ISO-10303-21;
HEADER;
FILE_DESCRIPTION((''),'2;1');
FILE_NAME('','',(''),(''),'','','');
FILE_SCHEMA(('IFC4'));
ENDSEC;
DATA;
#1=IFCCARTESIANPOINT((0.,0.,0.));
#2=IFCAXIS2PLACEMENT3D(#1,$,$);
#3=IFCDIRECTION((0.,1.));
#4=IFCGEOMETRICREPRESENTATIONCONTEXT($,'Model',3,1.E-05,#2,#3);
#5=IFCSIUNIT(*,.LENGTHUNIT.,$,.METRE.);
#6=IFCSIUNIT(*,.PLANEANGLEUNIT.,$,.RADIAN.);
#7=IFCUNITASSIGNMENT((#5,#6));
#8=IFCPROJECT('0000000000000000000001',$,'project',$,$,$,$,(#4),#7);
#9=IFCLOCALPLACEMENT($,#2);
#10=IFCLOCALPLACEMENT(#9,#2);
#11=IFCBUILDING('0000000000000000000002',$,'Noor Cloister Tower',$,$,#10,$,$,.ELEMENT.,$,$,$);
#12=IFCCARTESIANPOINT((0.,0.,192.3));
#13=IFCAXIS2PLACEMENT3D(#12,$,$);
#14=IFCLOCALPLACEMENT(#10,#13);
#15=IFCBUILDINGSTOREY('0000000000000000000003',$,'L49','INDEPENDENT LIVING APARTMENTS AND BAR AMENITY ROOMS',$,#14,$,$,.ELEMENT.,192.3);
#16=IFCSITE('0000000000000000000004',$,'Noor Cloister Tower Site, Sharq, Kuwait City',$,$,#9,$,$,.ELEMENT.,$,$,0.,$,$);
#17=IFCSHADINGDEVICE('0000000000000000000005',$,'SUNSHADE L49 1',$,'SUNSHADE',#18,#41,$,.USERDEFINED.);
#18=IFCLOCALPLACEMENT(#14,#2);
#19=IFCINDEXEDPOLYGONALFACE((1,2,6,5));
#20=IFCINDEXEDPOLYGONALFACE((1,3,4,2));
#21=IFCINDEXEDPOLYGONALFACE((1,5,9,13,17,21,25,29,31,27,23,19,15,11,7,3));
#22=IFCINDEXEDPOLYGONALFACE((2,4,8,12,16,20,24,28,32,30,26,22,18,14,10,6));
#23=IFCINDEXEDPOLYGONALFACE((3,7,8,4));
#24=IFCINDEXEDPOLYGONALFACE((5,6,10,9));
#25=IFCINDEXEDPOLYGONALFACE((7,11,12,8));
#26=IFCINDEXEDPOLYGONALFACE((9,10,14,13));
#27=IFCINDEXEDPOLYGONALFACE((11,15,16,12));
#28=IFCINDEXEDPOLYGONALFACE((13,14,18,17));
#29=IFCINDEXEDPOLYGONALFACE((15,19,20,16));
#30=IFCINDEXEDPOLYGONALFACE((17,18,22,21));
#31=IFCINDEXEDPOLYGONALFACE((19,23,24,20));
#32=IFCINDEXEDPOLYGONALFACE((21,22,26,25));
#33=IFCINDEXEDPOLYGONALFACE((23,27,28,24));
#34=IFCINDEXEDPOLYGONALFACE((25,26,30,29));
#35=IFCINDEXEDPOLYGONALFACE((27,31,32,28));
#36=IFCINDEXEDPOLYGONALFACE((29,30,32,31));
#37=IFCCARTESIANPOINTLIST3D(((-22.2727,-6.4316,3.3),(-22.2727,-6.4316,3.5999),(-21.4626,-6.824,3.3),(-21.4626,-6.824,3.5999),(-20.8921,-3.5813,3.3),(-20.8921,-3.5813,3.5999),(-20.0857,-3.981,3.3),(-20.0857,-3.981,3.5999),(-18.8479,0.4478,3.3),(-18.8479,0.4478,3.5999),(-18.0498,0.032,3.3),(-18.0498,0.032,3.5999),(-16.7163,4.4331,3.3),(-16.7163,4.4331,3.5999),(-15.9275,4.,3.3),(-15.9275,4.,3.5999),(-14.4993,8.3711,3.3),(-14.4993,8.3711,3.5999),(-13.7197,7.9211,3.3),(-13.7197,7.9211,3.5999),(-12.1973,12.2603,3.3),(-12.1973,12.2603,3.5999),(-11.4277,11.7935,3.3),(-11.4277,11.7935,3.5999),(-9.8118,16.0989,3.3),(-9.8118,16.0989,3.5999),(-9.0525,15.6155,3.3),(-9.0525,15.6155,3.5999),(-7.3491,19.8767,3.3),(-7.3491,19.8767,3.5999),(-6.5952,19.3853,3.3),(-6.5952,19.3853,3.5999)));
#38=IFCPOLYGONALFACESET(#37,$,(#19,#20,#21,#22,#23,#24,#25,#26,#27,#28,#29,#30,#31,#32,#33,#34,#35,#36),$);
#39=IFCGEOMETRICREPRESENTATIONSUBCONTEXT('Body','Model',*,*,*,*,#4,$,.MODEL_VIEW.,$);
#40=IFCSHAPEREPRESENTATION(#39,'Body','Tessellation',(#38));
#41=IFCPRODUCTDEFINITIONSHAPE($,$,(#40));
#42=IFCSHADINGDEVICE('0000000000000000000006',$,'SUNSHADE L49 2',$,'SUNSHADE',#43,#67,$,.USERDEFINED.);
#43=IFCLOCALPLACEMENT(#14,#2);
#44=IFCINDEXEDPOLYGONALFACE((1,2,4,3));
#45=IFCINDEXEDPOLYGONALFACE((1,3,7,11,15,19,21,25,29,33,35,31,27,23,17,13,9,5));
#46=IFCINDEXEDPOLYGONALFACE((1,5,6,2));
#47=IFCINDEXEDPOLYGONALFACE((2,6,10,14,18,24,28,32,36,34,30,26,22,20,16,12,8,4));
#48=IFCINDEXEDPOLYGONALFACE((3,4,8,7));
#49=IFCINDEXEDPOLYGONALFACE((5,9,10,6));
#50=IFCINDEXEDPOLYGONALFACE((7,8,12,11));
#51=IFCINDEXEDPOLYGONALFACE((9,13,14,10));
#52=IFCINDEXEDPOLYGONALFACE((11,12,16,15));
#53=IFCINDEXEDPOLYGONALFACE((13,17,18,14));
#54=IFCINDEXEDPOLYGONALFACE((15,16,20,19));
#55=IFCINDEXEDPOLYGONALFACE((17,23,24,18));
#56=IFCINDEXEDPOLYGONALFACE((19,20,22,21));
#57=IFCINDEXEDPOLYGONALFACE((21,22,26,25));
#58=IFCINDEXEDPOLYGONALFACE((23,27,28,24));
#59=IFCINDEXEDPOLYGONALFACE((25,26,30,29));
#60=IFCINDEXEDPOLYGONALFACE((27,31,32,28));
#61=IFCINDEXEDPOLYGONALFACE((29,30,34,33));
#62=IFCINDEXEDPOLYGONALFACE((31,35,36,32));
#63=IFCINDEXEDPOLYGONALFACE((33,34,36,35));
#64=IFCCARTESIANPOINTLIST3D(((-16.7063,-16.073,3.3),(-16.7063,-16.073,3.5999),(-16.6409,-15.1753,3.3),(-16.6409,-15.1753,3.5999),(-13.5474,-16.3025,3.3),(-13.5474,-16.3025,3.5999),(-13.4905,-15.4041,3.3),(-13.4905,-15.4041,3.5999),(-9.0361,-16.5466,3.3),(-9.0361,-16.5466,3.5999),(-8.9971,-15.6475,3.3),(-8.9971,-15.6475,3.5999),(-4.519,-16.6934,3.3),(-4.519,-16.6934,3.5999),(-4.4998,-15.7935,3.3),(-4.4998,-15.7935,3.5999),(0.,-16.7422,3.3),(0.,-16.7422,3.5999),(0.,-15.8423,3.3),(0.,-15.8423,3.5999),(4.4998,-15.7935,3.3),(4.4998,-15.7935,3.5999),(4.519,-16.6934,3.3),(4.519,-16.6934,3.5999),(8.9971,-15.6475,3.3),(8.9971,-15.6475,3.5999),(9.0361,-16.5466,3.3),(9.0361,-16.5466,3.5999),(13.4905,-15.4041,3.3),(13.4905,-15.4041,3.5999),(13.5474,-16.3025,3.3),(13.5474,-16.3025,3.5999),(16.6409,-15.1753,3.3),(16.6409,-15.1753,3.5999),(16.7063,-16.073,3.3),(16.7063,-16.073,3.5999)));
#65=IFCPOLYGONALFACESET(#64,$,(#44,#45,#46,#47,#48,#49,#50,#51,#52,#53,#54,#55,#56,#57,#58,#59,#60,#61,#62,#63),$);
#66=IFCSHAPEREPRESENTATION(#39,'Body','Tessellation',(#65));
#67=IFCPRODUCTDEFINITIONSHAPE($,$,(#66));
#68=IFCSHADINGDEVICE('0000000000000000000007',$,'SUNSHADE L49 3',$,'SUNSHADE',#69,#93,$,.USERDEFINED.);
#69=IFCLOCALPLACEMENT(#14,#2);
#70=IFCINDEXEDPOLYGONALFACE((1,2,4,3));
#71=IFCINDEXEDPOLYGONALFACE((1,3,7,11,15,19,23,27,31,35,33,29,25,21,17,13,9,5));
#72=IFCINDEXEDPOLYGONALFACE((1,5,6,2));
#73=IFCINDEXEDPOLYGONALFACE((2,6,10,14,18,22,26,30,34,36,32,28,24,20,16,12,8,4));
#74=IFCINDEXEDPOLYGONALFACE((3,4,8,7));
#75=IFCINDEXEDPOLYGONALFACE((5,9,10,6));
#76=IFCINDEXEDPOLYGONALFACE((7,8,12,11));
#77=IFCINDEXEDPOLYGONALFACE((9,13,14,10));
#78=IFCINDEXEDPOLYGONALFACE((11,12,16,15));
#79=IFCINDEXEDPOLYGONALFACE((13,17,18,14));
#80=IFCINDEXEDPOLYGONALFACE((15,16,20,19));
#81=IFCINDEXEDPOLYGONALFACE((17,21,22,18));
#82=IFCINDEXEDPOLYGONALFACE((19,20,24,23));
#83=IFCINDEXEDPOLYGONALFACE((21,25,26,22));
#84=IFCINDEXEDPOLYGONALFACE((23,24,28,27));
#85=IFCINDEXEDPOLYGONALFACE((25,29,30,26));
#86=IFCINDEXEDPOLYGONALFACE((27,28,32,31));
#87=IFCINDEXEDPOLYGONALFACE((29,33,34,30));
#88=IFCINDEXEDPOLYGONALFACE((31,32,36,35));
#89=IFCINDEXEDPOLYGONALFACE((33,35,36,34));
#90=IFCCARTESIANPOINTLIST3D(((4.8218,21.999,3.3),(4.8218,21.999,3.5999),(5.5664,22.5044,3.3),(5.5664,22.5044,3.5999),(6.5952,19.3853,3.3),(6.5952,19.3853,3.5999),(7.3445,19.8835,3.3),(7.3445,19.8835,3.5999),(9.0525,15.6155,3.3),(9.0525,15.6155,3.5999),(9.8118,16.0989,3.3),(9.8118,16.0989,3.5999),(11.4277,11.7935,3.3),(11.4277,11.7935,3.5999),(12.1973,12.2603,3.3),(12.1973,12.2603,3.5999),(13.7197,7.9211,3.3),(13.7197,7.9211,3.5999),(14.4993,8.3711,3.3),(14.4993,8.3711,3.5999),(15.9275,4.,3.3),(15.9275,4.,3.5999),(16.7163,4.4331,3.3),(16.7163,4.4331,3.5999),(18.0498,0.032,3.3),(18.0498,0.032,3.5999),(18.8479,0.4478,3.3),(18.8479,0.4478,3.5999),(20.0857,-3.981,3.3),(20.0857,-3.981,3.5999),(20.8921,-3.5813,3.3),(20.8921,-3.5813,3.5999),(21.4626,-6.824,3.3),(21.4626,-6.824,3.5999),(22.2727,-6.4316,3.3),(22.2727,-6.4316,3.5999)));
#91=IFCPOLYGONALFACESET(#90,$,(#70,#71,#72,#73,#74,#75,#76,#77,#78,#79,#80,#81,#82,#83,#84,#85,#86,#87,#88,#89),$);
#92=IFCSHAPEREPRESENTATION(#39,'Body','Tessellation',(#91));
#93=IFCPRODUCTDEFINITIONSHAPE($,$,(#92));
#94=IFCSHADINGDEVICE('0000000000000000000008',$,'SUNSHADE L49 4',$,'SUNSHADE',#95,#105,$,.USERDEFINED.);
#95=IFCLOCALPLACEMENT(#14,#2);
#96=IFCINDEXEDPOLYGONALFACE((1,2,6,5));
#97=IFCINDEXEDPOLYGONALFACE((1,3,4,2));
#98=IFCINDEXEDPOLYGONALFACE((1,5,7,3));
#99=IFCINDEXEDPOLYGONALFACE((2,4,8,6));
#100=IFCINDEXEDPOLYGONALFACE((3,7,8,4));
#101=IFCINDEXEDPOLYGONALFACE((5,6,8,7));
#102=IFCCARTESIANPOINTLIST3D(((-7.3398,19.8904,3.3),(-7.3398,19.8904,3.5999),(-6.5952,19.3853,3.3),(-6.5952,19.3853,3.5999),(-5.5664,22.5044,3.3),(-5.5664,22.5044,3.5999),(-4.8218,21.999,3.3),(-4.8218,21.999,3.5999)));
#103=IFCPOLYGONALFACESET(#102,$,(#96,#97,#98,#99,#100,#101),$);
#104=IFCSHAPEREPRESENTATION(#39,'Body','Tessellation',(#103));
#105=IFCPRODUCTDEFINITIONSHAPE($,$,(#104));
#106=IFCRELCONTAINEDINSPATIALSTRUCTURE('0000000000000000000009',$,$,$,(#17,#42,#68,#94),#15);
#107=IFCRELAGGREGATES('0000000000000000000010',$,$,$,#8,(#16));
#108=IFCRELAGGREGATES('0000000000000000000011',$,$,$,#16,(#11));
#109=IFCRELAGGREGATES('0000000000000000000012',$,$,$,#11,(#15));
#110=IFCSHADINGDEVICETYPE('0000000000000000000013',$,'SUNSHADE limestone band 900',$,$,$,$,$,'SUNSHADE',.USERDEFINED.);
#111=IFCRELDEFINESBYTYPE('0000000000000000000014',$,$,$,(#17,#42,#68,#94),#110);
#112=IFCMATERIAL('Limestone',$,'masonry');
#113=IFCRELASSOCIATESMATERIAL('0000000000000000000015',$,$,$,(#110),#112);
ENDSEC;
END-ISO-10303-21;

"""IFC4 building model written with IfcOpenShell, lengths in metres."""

from ifc_helpers import new_model, si_unit, direction, frame, origin, place, context, subcontext, project, spatial, polyline, outline, extrude, material, type_object, element, save


model = new_model("IFC4")

# Units and contexts
model_context = context("Model", 3, precision=1e-05, world=origin(), true_north=direction((0.0, 1.0)))
body_context = subcontext(model_context, "Body", "Model", "MODEL_VIEW")
ifc_project = project(units=[si_unit("LENGTHUNIT", "METRE"), si_unit("PLANEANGLEUNIT", "RADIAN")], contexts=[model_context])

# Site, building, storey
site_placement = place(None, origin())
site = spatial("IfcSite", under=ifc_project, at=site_placement, Name="Noor Cloister Tower Site, Sharq, Kuwait City", CompositionType="ELEMENT", RefElevation=0.0)
building_placement = place(site_placement, origin())
building = spatial("IfcBuilding", under=site, at=building_placement, Name="Noor Cloister Tower", CompositionType="ELEMENT")
storey_placement = place(building_placement, frame((0.0, 0.0, 192.3)))
storey = spatial("IfcBuildingStorey", under=building, at=storey_placement, Name="L49", Description="INDEPENDENT LIVING APARTMENTS AND BAR AMENITY ROOMS", CompositionType="ELEMENT", Elevation=192.3)

# Shading devices
ifc_material_1 = material(Name="Limestone", Category="masonry")
shading_device_type_1 = type_object("IfcShadingDeviceType", Name="SUNSHADE limestone band 900", ElementType="SUNSHADE", PredefinedType="USERDEFINED", material=ifc_material_1)
shading_device_1_placement = place(storey_placement, frame((0.0, 0.0, 3.3)))
element("IfcShadingDevice", 1, at=shading_device_1_placement, inside=storey, type_object=shading_device_type_1, Name="SUNSHADE L49 1", ObjectType="SUNSHADE", PredefinedType="USERDEFINED", context=body_context, shape_type="SweptSolid", body=[
    extrude(outline(polyline([(-7.3491, 19.8767), (-9.8118, 16.0989), (-12.1973, 12.2603), (-14.4993, 8.3711), (-16.7163, 4.4331), (-18.8479, 0.4478), (-20.8921, -3.5813), (-22.2727, -6.4316), (-21.4626, -6.824), (-20.0857, -3.981), (-18.0498, 0.032), (-15.9275, 4.0), (-13.7197, 7.9211), (-11.4277, 11.7935), (-9.0525, 15.6155), (-6.5952, 19.3853), (-7.3491, 19.8767)])), origin(), (0.0, 0.0, 1.0), 0.2998),
])
shading_device_2_placement = place(storey_placement, frame((0.0, 0.0, 3.3)))
element("IfcShadingDevice", 2, at=shading_device_2_placement, inside=storey, type_object=shading_device_type_1, Name="SUNSHADE L49 2", ObjectType="SUNSHADE", PredefinedType="USERDEFINED", context=body_context, shape_type="SweptSolid", body=[
    extrude(outline(polyline([(-16.7063, -16.073), (-13.5474, -16.3025), (-9.0361, -16.5466), (-4.519, -16.6934), (0.0, -16.7422), (4.519, -16.6934), (9.0361, -16.5466), (13.5474, -16.3025), (16.7063, -16.073), (16.6409, -15.1753), (13.4905, -15.4041), (8.9971, -15.6475), (4.4998, -15.7935), (0.0, -15.8423), (-4.4998, -15.7935), (-8.9971, -15.6475), (-13.4905, -15.4041), (-16.6409, -15.1753), (-16.7063, -16.073)])), origin(), (0.0, 0.0, 1.0), 0.2998),
])
shading_device_3_placement = place(storey_placement, frame((0.0, 0.0, 3.3)))
element("IfcShadingDevice", 3, at=shading_device_3_placement, inside=storey, type_object=shading_device_type_1, Name="SUNSHADE L49 3", ObjectType="SUNSHADE", PredefinedType="USERDEFINED", context=body_context, shape_type="SweptSolid", body=[
    extrude(outline(polyline([(22.2727, -6.4316), (20.8921, -3.5813), (18.8479, 0.4478), (16.7163, 4.4331), (14.4993, 8.3711), (12.1973, 12.2603), (9.8118, 16.0989), (7.3445, 19.8835), (5.5664, 22.5044), (4.8218, 21.999), (6.5952, 19.3853), (9.0525, 15.6155), (11.4277, 11.7935), (13.7197, 7.9211), (15.9275, 4.0), (18.0498, 0.032), (20.0857, -3.981), (21.4626, -6.824), (22.2727, -6.4316)])), origin(), (0.0, 0.0, 1.0), 0.2998),
])
shading_device_4_placement = place(storey_placement, frame((0.0, 0.0, 3.3)))
element("IfcShadingDevice", 4, at=shading_device_4_placement, inside=storey, type_object=shading_device_type_1, Name="SUNSHADE L49 4", ObjectType="SUNSHADE", PredefinedType="USERDEFINED", context=body_context, shape_type="SweptSolid", body=[
    extrude(outline(polyline([(-5.5664, 22.5044), (-7.3398, 19.8904), (-6.5952, 19.3853), (-4.8218, 21.999), (-5.5664, 22.5044)])), origin(), (0.0, 0.0, 1.0), 0.2998),
])

save(model, "model.ifc")
